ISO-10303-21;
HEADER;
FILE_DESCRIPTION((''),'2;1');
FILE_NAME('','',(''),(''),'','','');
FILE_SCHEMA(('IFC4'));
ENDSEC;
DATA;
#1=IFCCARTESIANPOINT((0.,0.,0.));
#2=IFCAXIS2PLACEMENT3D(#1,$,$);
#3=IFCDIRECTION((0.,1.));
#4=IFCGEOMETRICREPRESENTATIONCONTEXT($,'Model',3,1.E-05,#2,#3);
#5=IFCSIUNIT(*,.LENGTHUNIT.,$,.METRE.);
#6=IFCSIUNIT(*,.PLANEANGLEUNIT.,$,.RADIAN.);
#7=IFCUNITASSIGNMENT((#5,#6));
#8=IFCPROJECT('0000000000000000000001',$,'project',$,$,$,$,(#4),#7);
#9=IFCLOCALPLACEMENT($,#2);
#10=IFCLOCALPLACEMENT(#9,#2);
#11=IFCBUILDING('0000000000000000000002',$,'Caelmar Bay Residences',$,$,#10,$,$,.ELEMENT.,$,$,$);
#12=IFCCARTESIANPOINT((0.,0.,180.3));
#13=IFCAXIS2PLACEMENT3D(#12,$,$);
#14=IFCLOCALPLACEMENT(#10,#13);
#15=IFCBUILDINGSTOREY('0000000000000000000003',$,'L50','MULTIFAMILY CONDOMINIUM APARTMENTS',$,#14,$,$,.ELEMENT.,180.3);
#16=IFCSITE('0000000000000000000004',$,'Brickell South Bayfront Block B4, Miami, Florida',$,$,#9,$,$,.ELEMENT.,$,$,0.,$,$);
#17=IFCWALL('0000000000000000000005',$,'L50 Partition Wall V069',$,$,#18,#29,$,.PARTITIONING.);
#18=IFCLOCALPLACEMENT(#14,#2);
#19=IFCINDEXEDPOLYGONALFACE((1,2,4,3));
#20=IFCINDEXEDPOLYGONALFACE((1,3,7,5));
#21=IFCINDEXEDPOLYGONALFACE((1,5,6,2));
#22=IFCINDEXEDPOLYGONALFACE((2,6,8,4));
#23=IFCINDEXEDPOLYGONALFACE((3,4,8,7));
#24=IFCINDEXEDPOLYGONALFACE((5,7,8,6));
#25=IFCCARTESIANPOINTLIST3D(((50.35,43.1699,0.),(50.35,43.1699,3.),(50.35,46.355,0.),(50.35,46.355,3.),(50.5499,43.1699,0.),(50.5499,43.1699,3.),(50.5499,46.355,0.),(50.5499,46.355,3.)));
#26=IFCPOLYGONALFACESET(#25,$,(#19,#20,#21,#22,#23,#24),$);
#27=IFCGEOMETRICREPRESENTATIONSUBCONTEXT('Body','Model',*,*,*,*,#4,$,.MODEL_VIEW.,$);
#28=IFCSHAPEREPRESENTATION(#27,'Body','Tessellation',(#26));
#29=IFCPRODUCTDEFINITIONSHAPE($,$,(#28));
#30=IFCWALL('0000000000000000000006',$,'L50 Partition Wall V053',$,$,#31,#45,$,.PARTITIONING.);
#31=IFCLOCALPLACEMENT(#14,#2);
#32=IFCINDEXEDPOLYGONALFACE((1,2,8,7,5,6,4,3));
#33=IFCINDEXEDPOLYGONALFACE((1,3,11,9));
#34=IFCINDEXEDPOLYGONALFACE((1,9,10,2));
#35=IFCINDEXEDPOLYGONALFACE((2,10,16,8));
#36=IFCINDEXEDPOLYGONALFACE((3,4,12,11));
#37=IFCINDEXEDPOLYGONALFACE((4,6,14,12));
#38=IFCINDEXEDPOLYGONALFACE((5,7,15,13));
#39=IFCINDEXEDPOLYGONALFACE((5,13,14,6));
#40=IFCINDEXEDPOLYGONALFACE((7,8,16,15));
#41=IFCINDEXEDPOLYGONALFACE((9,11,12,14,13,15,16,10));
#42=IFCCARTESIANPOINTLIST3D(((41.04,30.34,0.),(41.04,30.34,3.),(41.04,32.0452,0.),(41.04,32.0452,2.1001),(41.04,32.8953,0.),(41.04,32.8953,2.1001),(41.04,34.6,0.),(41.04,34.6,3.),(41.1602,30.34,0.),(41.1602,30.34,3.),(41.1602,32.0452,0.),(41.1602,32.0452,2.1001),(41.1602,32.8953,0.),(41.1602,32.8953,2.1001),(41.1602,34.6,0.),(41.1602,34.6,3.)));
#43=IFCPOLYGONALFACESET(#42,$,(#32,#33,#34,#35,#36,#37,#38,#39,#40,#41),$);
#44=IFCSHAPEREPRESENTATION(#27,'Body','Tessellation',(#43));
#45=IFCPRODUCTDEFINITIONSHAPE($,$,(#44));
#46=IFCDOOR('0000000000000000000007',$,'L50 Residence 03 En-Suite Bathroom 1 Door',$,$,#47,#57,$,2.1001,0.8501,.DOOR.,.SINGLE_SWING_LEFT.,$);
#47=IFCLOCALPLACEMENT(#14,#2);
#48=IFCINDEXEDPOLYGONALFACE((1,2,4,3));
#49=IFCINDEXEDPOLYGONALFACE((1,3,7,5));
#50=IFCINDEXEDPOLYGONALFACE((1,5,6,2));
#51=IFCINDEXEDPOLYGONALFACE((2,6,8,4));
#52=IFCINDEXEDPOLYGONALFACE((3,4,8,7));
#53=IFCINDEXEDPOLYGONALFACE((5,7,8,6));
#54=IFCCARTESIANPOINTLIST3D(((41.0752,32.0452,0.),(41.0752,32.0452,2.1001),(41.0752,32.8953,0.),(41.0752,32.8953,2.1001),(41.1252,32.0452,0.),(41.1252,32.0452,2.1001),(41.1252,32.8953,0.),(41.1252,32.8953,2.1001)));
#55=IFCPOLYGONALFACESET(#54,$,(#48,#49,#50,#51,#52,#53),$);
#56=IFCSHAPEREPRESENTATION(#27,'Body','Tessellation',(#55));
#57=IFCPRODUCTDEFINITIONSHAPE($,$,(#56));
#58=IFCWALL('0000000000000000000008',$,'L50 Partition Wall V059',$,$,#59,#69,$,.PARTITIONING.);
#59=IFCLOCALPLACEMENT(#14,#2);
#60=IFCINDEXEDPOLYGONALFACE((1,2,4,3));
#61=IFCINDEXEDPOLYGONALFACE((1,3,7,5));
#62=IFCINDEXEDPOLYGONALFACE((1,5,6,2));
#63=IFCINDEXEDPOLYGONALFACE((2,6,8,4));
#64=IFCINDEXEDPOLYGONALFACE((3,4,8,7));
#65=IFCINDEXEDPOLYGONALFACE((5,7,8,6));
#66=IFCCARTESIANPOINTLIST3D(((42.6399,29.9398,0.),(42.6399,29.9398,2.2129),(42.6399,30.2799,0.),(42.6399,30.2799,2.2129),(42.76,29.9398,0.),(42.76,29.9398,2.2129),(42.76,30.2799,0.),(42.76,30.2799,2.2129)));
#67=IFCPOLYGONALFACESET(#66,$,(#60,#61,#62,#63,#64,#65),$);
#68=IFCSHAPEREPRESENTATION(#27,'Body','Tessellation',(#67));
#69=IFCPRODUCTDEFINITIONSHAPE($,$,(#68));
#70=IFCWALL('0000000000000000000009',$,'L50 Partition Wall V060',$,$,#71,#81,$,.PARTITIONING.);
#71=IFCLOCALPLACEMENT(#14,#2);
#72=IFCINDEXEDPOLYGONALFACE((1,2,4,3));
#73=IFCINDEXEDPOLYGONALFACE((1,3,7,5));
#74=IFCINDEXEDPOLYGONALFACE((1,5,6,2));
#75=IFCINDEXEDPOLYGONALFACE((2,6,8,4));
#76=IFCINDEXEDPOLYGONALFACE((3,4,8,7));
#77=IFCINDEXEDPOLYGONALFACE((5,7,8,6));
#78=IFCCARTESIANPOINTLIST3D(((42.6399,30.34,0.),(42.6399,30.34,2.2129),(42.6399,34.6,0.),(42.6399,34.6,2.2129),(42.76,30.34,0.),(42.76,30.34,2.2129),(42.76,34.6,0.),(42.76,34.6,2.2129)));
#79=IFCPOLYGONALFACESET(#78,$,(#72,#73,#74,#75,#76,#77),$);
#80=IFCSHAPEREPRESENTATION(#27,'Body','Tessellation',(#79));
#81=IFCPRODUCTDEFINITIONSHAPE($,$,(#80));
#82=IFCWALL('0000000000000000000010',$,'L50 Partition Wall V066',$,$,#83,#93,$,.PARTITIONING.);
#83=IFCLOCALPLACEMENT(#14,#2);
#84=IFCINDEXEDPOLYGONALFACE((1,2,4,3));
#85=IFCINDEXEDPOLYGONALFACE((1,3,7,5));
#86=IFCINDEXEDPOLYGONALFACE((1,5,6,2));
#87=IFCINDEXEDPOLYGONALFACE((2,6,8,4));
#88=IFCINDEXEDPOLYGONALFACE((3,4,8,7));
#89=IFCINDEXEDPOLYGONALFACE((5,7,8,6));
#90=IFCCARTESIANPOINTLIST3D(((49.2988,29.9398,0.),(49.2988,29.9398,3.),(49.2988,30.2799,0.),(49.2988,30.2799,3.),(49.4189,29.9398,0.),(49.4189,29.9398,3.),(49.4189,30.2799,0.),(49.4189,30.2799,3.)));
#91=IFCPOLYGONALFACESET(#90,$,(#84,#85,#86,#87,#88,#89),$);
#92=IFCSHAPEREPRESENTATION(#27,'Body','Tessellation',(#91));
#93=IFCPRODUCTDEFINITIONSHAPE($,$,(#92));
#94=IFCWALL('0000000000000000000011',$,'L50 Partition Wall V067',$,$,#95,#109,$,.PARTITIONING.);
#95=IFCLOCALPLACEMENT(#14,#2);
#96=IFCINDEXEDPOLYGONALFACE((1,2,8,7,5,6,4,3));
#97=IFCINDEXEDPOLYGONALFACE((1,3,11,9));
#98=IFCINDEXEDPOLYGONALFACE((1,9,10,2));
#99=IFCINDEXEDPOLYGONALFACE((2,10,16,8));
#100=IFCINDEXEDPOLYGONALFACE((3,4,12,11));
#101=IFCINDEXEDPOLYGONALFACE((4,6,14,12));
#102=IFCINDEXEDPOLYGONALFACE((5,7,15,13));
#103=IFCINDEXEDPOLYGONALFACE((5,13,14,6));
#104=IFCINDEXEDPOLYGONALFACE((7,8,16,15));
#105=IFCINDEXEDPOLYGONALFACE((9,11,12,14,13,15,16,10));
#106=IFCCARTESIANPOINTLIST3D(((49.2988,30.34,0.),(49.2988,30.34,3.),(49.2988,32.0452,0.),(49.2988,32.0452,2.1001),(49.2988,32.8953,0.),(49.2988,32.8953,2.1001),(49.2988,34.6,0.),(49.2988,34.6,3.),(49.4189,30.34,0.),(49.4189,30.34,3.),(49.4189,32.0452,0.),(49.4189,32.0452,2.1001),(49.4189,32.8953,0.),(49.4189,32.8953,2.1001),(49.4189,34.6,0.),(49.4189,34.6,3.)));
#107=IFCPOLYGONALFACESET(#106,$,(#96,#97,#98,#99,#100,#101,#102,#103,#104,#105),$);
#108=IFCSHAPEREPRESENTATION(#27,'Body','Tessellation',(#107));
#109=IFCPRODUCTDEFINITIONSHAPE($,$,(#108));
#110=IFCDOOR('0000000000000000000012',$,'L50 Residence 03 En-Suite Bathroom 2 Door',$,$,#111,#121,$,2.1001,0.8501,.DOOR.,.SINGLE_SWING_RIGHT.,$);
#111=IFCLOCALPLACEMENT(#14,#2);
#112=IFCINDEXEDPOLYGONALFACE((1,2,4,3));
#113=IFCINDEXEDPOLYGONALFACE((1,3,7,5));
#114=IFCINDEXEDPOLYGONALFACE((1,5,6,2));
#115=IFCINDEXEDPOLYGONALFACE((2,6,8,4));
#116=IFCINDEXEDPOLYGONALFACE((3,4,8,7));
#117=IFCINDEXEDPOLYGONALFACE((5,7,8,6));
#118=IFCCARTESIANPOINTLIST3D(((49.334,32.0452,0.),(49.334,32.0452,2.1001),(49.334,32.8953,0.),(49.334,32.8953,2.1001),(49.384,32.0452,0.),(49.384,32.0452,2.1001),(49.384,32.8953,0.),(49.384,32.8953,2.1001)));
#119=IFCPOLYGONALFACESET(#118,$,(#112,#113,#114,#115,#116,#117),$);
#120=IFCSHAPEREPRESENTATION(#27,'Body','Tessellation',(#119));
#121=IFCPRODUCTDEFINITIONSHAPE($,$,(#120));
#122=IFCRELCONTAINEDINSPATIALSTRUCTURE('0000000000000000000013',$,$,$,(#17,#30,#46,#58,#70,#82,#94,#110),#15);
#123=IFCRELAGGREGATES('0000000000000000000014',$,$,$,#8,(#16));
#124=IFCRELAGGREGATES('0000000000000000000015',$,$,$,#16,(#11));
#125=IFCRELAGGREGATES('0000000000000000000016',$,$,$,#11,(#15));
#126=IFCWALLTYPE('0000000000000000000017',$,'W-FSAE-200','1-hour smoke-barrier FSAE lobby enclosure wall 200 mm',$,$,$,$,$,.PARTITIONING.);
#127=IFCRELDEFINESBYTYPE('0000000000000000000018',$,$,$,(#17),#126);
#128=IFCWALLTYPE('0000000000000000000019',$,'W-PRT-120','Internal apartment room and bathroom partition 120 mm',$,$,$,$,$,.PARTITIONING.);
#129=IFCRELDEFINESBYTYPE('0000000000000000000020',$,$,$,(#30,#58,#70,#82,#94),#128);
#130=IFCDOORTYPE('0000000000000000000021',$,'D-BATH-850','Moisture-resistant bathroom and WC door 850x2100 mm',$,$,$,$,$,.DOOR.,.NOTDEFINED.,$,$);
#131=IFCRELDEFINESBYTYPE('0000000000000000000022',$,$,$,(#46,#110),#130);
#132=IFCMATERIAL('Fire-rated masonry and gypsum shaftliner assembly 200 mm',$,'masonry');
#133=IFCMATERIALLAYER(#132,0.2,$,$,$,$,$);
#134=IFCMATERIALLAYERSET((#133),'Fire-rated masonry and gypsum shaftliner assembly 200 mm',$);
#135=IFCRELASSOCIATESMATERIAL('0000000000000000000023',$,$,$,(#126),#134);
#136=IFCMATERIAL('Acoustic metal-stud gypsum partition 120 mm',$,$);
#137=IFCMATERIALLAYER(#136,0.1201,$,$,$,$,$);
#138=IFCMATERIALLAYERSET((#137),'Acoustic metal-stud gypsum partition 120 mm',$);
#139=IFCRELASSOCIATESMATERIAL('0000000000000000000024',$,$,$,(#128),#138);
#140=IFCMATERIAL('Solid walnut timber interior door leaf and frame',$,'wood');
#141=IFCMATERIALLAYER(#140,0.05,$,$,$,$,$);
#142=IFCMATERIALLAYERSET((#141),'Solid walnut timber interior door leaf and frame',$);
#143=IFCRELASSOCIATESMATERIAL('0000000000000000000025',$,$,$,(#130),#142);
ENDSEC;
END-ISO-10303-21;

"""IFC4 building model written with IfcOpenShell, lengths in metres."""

from ifc_helpers import new_model, si_unit, direction, frame, frame_2d, origin, place, context, subcontext, project, spatial, rectangle, extrude, material, layer, layer_set, type_object, element, fill, save


model = new_model("IFC4")

# Units and contexts
model_context = context("Model", 3, precision=1e-05, world=origin(), true_north=direction((0.0, 1.0)))
body_context = subcontext(model_context, "Body", "Model", "MODEL_VIEW")
ifc_project = project(units=[si_unit("LENGTHUNIT", "METRE"), si_unit("PLANEANGLEUNIT", "RADIAN")], contexts=[model_context])

# Site, building, storey
site_placement = place(None, origin())
site = spatial("IfcSite", under=ifc_project, at=site_placement, Name="Brickell South Bayfront Block B4, Miami, Florida", CompositionType="ELEMENT", RefElevation=0.0)
building_placement = place(site_placement, origin())
building = spatial("IfcBuilding", under=site, at=building_placement, Name="Caelmar Bay Residences", CompositionType="ELEMENT")
storey_placement = place(building_placement, frame((0.0, 0.0, 180.3)))
storey = spatial("IfcBuildingStorey", under=building, at=storey_placement, Name="L50", Description="MULTIFAMILY CONDOMINIUM APARTMENTS", CompositionType="ELEMENT", Elevation=180.3)

# Wall
ifc_material_1 = material(Name="Fire-rated masonry and gypsum shaftliner assembly 200 mm", Category="masonry")
ifc_layer_1 = layer(ifc_material_1, 0.2)
ifc_layer_set_1 = layer_set([ifc_layer_1], Name="Fire-rated masonry and gypsum shaftliner assembly 200 mm")
wall_type_1 = type_object("IfcWallType", Name="W-FSAE-200", Description="1-hour smoke-barrier FSAE lobby enclosure wall 200 mm", PredefinedType="PARTITIONING", material=ifc_layer_set_1)
wall_1_placement = place(storey_placement, frame((50.45, 43.1699, 0.0), z_axis=(0.0, 0.0, 1.0), x_axis=(0.0, 1.0, 0.0)))
element("IfcWall", 1, at=wall_1_placement, inside=storey, type_object=wall_type_1, Name="L50 Partition Wall V069", PredefinedType="PARTITIONING", context=body_context, shape_type="SweptSolid", body=[
    extrude(rectangle(XDim=3.1851, YDim=0.2, at=frame_2d((1.5925, 0.0))), origin(), (0.0, 0.0, 1.0), 3.0),
])

# Wall, opening, door
ifc_material_2 = material(Name="Acoustic metal-stud gypsum partition 120 mm")
ifc_layer_2 = layer(ifc_material_2, 0.1201)
ifc_layer_set_2 = layer_set([ifc_layer_2], Name="Acoustic metal-stud gypsum partition 120 mm")
wall_type_2 = type_object("IfcWallType", Name="W-PRT-120", Description="Internal apartment room and bathroom partition 120 mm", PredefinedType="PARTITIONING", material=ifc_layer_set_2)
wall_2_placement = place(storey_placement, frame((41.1001, 30.3401, 0.0), z_axis=(0.0, 0.0, 1.0), x_axis=(0.0, 1.0, 0.0)))
wall_2 = element("IfcWall", 2, at=wall_2_placement, inside=storey, type_object=wall_type_2, Name="L50 Partition Wall V053", PredefinedType="PARTITIONING", context=body_context, shape_type="SweptSolid", body=[
    extrude(rectangle(XDim=4.26, YDim=0.1201, at=frame_2d((2.1299, 0.0))), origin(), (0.0, 0.0, 1.0), 3.0),
])
opening_1_placement = place(wall_2_placement, frame((1.7051, 0.0, 0.0)))
opening_1 = element("IfcOpeningElement", 3, at=opening_1_placement, cuts=wall_2, PredefinedType="OPENING", context=body_context, shape_type="SweptSolid", body=[
    extrude(rectangle(XDim=0.8501, YDim=2.1001, at=frame_2d((0.425, 1.05))), frame((0.0, 0.0701, 0.0), z_axis=(0.0, -1.0, 0.0), x_axis=(1.0, 0.0, 0.0)), (0.0, 0.0, 1.0), 0.1401),
])
ifc_material_3 = material(Name="Solid walnut timber interior door leaf and frame", Category="wood")
ifc_layer_3 = layer(ifc_material_3, 0.05)
ifc_layer_set_3 = layer_set([ifc_layer_3], Name="Solid walnut timber interior door leaf and frame")
door_type_1 = type_object("IfcDoorType", Name="D-BATH-850", Description="Moisture-resistant bathroom and WC door 850x2100 mm", OperationType="NOTDEFINED", PredefinedType="DOOR", material=ifc_layer_set_3)
door_1_placement = place(opening_1_placement, origin())
door_1 = element("IfcDoor", 4, at=door_1_placement, inside=storey, type_object=door_type_1, Name="L50 Residence 03 En-Suite Bathroom 1 Door", OperationType="SINGLE_SWING_LEFT", OverallHeight=2.1001, OverallWidth=0.8501, PredefinedType="DOOR", context=body_context, shape_type="SweptSolid", body=[
    extrude(rectangle(XDim=0.8501, YDim=2.1001, at=frame_2d((0.425, 1.05))), frame((0.0, 0.0249, 0.0), z_axis=(0.0, -1.0, 0.0), x_axis=(1.0, 0.0, 0.0)), (0.0, 0.0, 1.0), 0.05),
])
fill(opening_1, door_1)

# Walls
wall_3_placement = place(storey_placement, frame((42.7, 29.9399, 0.0), z_axis=(0.0, 0.0, 1.0), x_axis=(0.0, 1.0, 0.0)))
element("IfcWall", 5, at=wall_3_placement, inside=storey, type_object=wall_type_2, Name="L50 Partition Wall V059", PredefinedType="PARTITIONING", context=body_context, shape_type="SweptSolid", body=[
    extrude(rectangle(XDim=0.3401, YDim=0.1201, at=frame_2d((0.1699, 0.0))), origin(), (0.0, 0.0, 1.0), 2.2129),
])
wall_4_placement = place(storey_placement, frame((42.7, 30.3401, 0.0), z_axis=(0.0, 0.0, 1.0), x_axis=(0.0, 1.0, 0.0)))
element("IfcWall", 6, at=wall_4_placement, inside=storey, type_object=wall_type_2, Name="L50 Partition Wall V060", PredefinedType="PARTITIONING", context=body_context, shape_type="SweptSolid", body=[
    extrude(rectangle(XDim=4.26, YDim=0.1201, at=frame_2d((2.1299, 0.0))), origin(), (0.0, 0.0, 1.0), 2.2129),
])
wall_5_placement = place(storey_placement, frame((49.3589, 29.9399, 0.0), z_axis=(0.0, 0.0, 1.0), x_axis=(0.0, 1.0, 0.0)))
element("IfcWall", 7, at=wall_5_placement, inside=storey, type_object=wall_type_2, Name="L50 Partition Wall V066", PredefinedType="PARTITIONING", context=body_context, shape_type="SweptSolid", body=[
    extrude(rectangle(XDim=0.3401, YDim=0.1201, at=frame_2d((0.1699, 0.0))), origin(), (0.0, 0.0, 1.0), 3.0),
])

# Wall, opening, door
wall_6_placement = place(storey_placement, frame((49.3589, 30.3401, 0.0), z_axis=(0.0, 0.0, 1.0), x_axis=(0.0, 1.0, 0.0)))
wall_6 = element("IfcWall", 8, at=wall_6_placement, inside=storey, type_object=wall_type_2, Name="L50 Partition Wall V067", PredefinedType="PARTITIONING", context=body_context, shape_type="SweptSolid", body=[
    extrude(rectangle(XDim=4.26, YDim=0.1201, at=frame_2d((2.1299, 0.0))), origin(), (0.0, 0.0, 1.0), 3.0),
])
opening_2_placement = place(wall_6_placement, frame((1.7051, 0.0, 0.0)))
opening_2 = element("IfcOpeningElement", 9, at=opening_2_placement, cuts=wall_6, PredefinedType="OPENING", context=body_context, shape_type="SweptSolid", body=[
    extrude(rectangle(XDim=0.8501, YDim=2.1001, at=frame_2d((0.425, 1.05))), frame((0.0, 0.0701, 0.0), z_axis=(0.0, -1.0, 0.0), x_axis=(1.0, 0.0, 0.0)), (0.0, 0.0, 1.0), 0.1401),
])
door_2_placement = place(opening_2_placement, origin())
door_2 = element("IfcDoor", 10, at=door_2_placement, inside=storey, type_object=door_type_1, Name="L50 Residence 03 En-Suite Bathroom 2 Door", OperationType="SINGLE_SWING_RIGHT", OverallHeight=2.1001, OverallWidth=0.8501, PredefinedType="DOOR", context=body_context, shape_type="SweptSolid", body=[
    extrude(rectangle(XDim=0.8501, YDim=2.1001, at=frame_2d((0.425, 1.05))), frame((0.0, 0.0249, 0.0), z_axis=(0.0, -1.0, 0.0), x_axis=(1.0, 0.0, 0.0)), (0.0, 0.0, 1.0), 0.05),
])
fill(opening_2, door_2)

save(model, "model.ifc")
